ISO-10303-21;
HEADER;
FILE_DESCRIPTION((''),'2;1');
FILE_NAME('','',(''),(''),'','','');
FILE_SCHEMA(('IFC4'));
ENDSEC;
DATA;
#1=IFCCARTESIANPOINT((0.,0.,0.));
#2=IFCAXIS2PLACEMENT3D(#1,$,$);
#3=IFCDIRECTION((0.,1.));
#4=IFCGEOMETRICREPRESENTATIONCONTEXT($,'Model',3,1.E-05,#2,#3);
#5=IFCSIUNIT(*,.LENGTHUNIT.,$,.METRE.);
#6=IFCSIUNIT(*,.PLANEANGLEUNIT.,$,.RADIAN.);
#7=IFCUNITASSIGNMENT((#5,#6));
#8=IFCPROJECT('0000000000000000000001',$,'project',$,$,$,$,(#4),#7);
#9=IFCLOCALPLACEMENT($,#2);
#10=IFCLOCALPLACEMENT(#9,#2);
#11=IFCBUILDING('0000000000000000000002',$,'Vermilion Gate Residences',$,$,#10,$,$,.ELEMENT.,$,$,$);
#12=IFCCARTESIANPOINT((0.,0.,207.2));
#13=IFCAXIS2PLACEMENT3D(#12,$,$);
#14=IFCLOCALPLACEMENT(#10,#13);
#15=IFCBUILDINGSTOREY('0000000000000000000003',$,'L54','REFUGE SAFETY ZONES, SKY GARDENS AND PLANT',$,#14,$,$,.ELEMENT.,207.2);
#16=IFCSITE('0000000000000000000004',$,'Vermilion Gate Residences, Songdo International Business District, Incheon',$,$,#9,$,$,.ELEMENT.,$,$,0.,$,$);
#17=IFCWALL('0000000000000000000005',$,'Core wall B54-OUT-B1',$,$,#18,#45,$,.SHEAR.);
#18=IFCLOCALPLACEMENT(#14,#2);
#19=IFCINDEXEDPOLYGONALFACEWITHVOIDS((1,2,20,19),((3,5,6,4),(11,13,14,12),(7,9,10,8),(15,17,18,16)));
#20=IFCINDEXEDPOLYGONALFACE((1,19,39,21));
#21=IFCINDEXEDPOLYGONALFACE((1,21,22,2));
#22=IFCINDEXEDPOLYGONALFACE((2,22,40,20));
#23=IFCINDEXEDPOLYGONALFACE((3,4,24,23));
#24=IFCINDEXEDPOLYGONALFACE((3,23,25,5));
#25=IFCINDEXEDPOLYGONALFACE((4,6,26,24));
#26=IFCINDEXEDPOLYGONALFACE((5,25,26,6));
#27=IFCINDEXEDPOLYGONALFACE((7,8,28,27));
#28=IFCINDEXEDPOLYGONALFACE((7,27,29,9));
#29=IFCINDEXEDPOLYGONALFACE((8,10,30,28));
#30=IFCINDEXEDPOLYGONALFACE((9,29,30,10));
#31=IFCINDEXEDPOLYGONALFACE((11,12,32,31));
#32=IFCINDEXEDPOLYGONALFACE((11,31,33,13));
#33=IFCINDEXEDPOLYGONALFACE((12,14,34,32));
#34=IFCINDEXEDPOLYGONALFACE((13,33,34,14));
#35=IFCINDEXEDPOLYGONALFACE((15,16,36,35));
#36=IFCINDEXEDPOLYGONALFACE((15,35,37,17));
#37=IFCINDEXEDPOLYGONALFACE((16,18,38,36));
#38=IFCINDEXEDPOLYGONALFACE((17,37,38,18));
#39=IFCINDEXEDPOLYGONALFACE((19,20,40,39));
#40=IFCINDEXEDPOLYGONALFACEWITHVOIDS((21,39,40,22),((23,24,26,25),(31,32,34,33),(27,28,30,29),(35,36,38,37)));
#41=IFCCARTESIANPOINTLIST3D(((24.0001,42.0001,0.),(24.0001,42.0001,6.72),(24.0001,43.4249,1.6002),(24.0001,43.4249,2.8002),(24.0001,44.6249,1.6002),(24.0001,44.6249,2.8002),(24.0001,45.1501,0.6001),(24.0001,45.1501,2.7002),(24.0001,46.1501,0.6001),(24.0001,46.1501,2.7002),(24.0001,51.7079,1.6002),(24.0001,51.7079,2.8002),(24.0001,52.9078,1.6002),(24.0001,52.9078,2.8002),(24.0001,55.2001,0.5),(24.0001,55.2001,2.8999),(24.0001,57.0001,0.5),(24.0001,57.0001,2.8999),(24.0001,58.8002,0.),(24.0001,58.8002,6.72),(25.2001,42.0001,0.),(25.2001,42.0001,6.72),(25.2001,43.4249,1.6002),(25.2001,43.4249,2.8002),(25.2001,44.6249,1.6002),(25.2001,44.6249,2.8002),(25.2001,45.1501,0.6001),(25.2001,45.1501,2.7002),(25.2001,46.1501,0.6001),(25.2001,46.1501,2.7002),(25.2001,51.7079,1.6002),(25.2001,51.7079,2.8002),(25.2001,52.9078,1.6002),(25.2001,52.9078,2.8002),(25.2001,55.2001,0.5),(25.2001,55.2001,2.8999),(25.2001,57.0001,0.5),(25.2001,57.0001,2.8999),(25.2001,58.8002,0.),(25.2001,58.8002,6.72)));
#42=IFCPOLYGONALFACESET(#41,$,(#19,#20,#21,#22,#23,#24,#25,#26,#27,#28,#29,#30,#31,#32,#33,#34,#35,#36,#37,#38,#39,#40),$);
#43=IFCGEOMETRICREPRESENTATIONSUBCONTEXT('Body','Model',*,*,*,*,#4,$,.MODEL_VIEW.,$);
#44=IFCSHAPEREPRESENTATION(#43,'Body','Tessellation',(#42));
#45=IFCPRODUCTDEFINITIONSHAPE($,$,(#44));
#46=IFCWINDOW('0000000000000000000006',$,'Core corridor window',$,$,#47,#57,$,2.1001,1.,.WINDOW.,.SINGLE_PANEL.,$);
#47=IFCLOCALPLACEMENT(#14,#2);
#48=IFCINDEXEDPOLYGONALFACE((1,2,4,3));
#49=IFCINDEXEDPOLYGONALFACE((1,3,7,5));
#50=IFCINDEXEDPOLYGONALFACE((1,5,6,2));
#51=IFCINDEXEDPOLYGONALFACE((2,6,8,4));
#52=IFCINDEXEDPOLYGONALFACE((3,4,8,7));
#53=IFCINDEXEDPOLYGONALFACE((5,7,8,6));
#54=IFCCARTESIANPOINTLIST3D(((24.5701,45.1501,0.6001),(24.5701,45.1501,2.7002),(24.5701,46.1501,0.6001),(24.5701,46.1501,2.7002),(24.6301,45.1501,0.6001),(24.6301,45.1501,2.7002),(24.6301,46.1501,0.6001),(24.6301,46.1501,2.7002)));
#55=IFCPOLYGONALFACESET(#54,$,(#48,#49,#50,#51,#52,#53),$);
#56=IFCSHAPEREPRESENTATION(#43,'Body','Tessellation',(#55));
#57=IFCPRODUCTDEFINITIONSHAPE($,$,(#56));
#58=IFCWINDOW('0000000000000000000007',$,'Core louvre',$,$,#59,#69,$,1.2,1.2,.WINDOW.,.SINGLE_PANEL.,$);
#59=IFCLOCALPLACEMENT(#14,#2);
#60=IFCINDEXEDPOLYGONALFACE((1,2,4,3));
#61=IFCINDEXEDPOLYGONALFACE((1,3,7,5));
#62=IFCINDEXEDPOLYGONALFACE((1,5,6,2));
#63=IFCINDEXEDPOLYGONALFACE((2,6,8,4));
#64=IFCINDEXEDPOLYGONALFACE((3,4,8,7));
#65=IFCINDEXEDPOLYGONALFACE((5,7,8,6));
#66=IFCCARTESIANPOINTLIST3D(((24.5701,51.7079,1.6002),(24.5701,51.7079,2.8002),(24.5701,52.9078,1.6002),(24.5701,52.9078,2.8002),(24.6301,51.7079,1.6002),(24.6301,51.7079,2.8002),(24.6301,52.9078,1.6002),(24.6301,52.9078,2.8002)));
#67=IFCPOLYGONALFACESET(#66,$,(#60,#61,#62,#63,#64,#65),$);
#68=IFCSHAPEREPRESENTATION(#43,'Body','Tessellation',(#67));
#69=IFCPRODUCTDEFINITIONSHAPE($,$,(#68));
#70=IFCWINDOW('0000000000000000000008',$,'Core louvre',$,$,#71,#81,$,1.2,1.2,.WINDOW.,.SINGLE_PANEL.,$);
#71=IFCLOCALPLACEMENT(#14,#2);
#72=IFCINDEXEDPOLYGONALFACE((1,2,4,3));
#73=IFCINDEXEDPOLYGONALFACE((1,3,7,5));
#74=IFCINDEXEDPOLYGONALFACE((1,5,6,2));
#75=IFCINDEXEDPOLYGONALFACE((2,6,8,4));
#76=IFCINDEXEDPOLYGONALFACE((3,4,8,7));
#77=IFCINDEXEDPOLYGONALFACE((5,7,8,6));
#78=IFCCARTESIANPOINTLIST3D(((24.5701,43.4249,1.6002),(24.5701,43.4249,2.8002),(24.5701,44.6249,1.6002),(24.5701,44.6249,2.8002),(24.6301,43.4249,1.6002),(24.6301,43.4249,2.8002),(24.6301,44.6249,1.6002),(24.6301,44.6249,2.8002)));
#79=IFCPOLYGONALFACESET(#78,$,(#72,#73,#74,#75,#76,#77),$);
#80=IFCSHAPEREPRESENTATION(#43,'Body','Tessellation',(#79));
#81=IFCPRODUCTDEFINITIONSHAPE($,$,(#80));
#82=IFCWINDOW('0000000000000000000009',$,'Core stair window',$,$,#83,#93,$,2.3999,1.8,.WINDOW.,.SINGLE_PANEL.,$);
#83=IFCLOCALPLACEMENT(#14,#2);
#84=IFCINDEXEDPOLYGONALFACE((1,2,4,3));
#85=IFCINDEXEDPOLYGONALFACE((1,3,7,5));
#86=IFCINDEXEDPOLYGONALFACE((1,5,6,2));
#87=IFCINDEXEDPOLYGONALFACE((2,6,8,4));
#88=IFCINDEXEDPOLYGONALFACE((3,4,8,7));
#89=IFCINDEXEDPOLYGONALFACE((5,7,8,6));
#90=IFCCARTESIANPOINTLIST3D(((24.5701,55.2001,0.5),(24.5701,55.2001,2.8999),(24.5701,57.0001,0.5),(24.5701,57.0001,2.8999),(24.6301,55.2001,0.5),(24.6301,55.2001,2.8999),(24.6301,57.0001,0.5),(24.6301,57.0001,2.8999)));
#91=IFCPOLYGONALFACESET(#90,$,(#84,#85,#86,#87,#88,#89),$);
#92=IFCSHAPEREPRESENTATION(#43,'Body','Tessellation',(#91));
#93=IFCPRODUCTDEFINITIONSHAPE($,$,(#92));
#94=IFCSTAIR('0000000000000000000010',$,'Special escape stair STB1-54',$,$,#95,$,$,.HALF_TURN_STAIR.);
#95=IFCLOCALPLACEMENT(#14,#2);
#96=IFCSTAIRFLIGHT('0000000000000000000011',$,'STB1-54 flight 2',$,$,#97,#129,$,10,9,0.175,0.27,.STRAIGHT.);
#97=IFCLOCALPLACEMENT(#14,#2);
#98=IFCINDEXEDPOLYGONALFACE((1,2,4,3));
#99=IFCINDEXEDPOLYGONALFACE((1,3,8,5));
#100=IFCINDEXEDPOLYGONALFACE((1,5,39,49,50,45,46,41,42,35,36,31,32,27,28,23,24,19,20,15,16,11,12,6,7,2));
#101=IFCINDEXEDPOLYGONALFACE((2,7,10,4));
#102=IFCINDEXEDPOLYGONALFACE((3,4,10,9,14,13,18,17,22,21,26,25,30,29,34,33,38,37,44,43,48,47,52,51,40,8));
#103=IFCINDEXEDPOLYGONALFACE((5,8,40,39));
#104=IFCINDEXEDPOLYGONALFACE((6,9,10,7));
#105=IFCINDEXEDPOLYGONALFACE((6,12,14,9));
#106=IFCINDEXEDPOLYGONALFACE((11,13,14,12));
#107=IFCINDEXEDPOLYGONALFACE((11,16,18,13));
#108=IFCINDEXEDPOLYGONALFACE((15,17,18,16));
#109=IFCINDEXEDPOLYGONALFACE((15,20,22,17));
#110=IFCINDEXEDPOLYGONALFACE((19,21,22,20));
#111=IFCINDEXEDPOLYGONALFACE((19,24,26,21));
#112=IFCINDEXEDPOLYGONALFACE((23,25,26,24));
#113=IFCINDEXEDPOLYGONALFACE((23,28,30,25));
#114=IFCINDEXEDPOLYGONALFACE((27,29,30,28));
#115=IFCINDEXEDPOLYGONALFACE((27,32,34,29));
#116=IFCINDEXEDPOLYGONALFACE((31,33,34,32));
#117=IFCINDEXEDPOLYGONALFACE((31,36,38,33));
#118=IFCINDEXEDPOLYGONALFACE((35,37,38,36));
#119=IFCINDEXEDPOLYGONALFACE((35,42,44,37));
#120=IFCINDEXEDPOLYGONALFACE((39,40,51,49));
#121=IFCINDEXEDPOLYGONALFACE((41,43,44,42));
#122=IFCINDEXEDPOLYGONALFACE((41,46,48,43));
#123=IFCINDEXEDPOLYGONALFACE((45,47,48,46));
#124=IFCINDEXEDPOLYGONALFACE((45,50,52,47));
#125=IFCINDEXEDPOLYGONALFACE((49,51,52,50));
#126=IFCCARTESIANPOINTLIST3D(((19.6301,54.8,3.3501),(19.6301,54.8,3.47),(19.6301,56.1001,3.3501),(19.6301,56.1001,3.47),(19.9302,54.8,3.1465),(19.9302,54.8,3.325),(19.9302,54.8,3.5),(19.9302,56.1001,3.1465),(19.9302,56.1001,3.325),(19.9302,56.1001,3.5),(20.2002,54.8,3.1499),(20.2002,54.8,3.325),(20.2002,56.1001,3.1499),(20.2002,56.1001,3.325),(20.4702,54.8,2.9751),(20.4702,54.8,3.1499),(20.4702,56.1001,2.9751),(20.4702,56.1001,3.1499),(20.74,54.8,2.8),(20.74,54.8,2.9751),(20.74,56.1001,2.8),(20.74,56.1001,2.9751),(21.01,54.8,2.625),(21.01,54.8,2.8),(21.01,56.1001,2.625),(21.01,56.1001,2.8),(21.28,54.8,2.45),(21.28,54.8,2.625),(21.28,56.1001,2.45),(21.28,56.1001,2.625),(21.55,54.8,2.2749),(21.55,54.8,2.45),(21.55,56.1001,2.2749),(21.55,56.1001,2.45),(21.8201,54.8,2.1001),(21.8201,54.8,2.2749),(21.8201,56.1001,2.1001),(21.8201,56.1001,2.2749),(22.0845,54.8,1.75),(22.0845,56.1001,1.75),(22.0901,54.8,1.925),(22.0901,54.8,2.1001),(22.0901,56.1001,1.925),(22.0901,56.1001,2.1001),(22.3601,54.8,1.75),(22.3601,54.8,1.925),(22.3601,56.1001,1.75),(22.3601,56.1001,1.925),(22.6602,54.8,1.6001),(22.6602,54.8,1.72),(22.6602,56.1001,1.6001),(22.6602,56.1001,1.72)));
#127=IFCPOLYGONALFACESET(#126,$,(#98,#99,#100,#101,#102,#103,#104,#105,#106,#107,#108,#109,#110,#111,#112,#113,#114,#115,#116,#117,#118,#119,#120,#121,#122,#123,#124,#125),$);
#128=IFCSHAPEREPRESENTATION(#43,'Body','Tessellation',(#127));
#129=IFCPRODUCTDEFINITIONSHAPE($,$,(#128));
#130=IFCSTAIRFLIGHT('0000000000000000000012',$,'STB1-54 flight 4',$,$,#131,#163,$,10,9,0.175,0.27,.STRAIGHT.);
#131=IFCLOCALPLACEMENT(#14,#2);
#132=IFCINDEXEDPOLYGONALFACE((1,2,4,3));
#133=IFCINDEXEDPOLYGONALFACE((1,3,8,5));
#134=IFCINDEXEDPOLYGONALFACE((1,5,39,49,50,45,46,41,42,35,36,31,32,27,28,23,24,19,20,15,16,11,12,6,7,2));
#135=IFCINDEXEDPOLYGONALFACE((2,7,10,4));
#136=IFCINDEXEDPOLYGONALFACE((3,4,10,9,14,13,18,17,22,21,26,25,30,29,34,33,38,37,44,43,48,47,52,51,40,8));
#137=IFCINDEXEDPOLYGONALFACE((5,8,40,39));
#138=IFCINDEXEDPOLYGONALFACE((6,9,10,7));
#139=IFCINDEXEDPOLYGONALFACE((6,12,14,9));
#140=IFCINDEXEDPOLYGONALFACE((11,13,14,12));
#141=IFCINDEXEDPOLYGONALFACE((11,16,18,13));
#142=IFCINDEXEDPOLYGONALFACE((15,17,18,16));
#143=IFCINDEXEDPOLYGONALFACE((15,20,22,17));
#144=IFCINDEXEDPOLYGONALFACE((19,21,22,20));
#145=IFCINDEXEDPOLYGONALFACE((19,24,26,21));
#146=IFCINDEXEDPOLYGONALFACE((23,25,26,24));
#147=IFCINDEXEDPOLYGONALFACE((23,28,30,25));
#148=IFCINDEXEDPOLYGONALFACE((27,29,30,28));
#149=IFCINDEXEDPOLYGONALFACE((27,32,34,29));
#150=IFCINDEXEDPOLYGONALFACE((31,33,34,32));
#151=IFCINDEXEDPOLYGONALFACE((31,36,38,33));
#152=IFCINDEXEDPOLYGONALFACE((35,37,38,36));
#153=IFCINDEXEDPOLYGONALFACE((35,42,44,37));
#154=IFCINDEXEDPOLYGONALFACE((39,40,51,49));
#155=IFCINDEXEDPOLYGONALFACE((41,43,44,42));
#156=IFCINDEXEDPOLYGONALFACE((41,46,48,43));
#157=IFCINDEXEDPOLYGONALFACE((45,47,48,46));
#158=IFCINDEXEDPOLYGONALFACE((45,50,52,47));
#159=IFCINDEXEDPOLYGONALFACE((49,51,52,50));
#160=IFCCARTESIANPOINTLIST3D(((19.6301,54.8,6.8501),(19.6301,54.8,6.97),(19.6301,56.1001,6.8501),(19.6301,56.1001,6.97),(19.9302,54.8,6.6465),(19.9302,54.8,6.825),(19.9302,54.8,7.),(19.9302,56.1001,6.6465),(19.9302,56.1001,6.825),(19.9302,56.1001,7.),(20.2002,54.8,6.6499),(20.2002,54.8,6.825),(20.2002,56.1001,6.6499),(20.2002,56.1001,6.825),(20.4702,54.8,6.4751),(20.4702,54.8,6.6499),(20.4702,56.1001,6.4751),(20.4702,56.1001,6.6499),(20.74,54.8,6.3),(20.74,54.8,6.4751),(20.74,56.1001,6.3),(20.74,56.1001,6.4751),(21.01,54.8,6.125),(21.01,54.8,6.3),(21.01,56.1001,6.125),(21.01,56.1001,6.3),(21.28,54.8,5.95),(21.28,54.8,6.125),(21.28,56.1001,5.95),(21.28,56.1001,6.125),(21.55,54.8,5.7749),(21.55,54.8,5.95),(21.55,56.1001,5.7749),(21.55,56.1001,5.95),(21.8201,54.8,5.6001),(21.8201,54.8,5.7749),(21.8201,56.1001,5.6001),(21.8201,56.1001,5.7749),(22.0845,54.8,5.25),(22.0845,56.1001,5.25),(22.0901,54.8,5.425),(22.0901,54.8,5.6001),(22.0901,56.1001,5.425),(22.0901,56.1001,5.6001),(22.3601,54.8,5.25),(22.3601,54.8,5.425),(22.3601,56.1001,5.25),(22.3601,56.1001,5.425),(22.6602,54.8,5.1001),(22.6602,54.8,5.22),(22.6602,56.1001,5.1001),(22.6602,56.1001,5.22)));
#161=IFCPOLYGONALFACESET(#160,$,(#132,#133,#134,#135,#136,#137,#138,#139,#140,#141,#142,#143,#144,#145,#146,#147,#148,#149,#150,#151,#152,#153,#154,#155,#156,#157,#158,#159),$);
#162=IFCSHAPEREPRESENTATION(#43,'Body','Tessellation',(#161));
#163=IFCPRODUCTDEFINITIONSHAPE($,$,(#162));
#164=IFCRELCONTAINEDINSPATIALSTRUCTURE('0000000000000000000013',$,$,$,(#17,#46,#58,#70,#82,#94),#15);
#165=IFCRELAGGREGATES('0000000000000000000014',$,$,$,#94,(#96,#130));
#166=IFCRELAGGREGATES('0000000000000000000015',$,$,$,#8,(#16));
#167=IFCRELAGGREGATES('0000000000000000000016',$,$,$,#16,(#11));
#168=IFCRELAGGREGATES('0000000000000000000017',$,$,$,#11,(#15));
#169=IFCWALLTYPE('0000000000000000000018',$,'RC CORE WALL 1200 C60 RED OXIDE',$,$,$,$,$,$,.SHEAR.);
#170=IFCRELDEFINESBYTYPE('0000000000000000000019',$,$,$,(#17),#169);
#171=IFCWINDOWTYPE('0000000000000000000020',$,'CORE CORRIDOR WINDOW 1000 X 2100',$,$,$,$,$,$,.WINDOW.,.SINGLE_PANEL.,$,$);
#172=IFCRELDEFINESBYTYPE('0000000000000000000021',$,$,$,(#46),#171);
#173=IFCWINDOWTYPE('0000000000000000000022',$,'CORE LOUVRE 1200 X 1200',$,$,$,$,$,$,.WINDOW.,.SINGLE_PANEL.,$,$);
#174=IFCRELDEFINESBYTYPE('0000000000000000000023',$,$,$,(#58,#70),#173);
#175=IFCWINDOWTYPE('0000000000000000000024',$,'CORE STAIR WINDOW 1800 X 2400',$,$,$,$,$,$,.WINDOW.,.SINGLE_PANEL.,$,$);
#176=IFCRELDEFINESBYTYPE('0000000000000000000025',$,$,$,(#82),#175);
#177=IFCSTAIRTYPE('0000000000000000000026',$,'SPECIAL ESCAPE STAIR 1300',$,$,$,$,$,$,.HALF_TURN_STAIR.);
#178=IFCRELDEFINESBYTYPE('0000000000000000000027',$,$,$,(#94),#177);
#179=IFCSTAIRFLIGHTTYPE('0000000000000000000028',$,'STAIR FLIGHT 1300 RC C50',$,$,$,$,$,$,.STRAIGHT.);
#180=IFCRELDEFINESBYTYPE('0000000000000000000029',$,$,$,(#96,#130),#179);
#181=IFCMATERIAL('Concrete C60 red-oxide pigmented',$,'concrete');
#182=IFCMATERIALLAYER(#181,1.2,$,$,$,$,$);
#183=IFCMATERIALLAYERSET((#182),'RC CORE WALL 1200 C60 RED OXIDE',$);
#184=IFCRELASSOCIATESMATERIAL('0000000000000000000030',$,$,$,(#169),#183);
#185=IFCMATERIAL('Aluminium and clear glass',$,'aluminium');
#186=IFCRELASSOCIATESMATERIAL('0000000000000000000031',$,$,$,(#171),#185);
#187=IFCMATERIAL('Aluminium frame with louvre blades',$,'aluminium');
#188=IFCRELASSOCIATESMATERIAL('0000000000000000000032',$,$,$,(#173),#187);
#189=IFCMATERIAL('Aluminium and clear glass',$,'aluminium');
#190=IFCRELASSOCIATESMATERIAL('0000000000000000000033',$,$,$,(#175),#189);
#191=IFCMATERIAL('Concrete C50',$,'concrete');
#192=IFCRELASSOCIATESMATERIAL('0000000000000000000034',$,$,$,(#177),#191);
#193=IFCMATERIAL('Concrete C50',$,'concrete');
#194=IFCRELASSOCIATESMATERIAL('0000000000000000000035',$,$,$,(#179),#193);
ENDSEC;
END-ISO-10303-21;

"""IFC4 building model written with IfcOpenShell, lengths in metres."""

from ifc_helpers import new_model, si_unit, direction, frame, frame_2d, origin, place, context, subcontext, project, spatial, polyline, rectangle, outline, extrude, material, layer, layer_set, type_object, element, fill, aggregate, save


model = new_model("IFC4")

# Units and contexts
model_context = context("Model", 3, precision=1e-05, world=origin(), true_north=direction((0.0, 1.0)))
body_context = subcontext(model_context, "Body", "Model", "MODEL_VIEW")
ifc_project = project(units=[si_unit("LENGTHUNIT", "METRE"), si_unit("PLANEANGLEUNIT", "RADIAN")], contexts=[model_context])

# Site, building, storey
site_placement = place(None, origin())
site = spatial("IfcSite", under=ifc_project, at=site_placement, Name="Vermilion Gate Residences, Songdo International Business District, Incheon", CompositionType="ELEMENT", RefElevation=0.0)
building_placement = place(site_placement, origin())
building = spatial("IfcBuilding", under=site, at=building_placement, Name="Vermilion Gate Residences", CompositionType="ELEMENT")
storey_placement = place(building_placement, frame((0.0, 0.0, 207.2)))
storey = spatial("IfcBuildingStorey", under=building, at=storey_placement, Name="L54", Description="REFUGE SAFETY ZONES, SKY GARDENS AND PLANT", CompositionType="ELEMENT", Elevation=207.2)

# Wall, openings, windows
ifc_material_1 = material(Name="Concrete C60 red-oxide pigmented", Category="concrete")
ifc_layer_1 = layer(ifc_material_1, 1.2)
ifc_layer_set_1 = layer_set([ifc_layer_1], Name="RC CORE WALL 1200 C60 RED OXIDE")
wall_type_1 = type_object("IfcWallType", Name="RC CORE WALL 1200 C60 RED OXIDE", PredefinedType="SHEAR", material=ifc_layer_set_1)
wall_1_placement = place(storey_placement, frame((24.6001, 58.8, 0.0), z_axis=(0.0, 0.0, 1.0), x_axis=(0.0, -1.0, 0.0)))
wall_1 = element("IfcWall", 1, at=wall_1_placement, inside=storey, type_object=wall_type_1, Name="Core wall B54-OUT-B1", PredefinedType="SHEAR", context=body_context, shape_type="SweptSolid", body=[
    extrude(rectangle(XDim=16.8, YDim=1.2, at=frame_2d((8.3999, 0.0))), origin(), (0.0, 0.0, 1.0), 6.72),
])
opening_1_placement = place(wall_1_placement, frame((1.8, 0.0, 0.5)))
opening_1 = element("IfcOpeningElement", 2, at=opening_1_placement, cuts=wall_1, PredefinedType="OPENING", context=body_context, shape_type="SweptSolid", body=[
    extrude(rectangle(XDim=1.8, YDim=2.3999, at=frame_2d((0.8999, 1.2))), frame((0.0, 0.6099, 0.0), z_axis=(0.0, -1.0, 0.0), x_axis=(1.0, 0.0, 0.0)), (0.0, 0.0, 1.0), 1.22),
])
opening_2_placement = place(wall_1_placement, frame((5.8921, 0.0, 1.6001)))
opening_2 = element("IfcOpeningElement", 3, at=opening_2_placement, cuts=wall_1, PredefinedType="OPENING", context=body_context, shape_type="SweptSolid", body=[
    extrude(rectangle(XDim=1.2, YDim=1.2, at=frame_2d((0.6001, 0.6001))), frame((0.0, 0.6099, 0.0), z_axis=(0.0, -1.0, 0.0), x_axis=(1.0, 0.0, 0.0)), (0.0, 0.0, 1.0), 1.22),
])
opening_3_placement = place(wall_1_placement, frame((12.6499, 0.0, 0.6001)))
opening_3 = element("IfcOpeningElement", 4, at=opening_3_placement, cuts=wall_1, PredefinedType="OPENING", context=body_context, shape_type="SweptSolid", body=[
    extrude(rectangle(XDim=1.0, YDim=2.1001, at=frame_2d((0.5, 1.05))), frame((0.0, 0.6099, 0.0), z_axis=(0.0, -1.0, 0.0), x_axis=(1.0, 0.0, 0.0)), (0.0, 0.0, 1.0), 1.22),
])
opening_4_placement = place(wall_1_placement, frame((14.175, 0.0, 1.6001)))
opening_4 = element("IfcOpeningElement", 5, at=opening_4_placement, cuts=wall_1, PredefinedType="OPENING", context=body_context, shape_type="SweptSolid", body=[
    extrude(rectangle(XDim=1.2, YDim=1.2, at=frame_2d((0.6001, 0.6001))), frame((0.0, 0.6099, 0.0), z_axis=(0.0, -1.0, 0.0), x_axis=(1.0, 0.0, 0.0)), (0.0, 0.0, 1.0), 1.22),
])
ifc_material_2 = material(Name="Aluminium and clear glass", Category="aluminium")
window_type_1 = type_object("IfcWindowType", Name="CORE CORRIDOR WINDOW 1000 X 2100", PartitioningType="SINGLE_PANEL", PredefinedType="WINDOW", material=ifc_material_2)
window_1_placement = place(opening_3_placement, origin())
window_1 = element("IfcWindow", 6, at=window_1_placement, inside=storey, type_object=window_type_1, Name="Core corridor window", OverallHeight=2.1001, OverallWidth=1.0, PartitioningType="SINGLE_PANEL", PredefinedType="WINDOW", context=body_context, shape_type="SweptSolid", body=[
    extrude(rectangle(XDim=1.0, YDim=2.1001, at=frame_2d((0.5, 1.05))), frame((0.0, 0.03, 0.0), z_axis=(0.0, -1.0, 0.0), x_axis=(1.0, 0.0, 0.0)), (0.0, 0.0, 1.0), 0.0601),
])
fill(opening_3, window_1)
ifc_material_3 = material(Name="Aluminium frame with louvre blades", Category="aluminium")
window_type_2 = type_object("IfcWindowType", Name="CORE LOUVRE 1200 X 1200", PartitioningType="SINGLE_PANEL", PredefinedType="WINDOW", material=ifc_material_3)
window_2_placement = place(opening_2_placement, origin())
window_2 = element("IfcWindow", 7, at=window_2_placement, inside=storey, type_object=window_type_2, Name="Core louvre", OverallHeight=1.2, OverallWidth=1.2, PartitioningType="SINGLE_PANEL", PredefinedType="WINDOW", context=body_context, shape_type="SweptSolid", body=[
    extrude(rectangle(XDim=1.2, YDim=1.2, at=frame_2d((0.6001, 0.6001))), frame((0.0, 0.03, 0.0), z_axis=(0.0, -1.0, 0.0), x_axis=(1.0, 0.0, 0.0)), (0.0, 0.0, 1.0), 0.0601),
])
fill(opening_2, window_2)
window_3_placement = place(opening_4_placement, origin())
window_3 = element("IfcWindow", 8, at=window_3_placement, inside=storey, type_object=window_type_2, Name="Core louvre", OverallHeight=1.2, OverallWidth=1.2, PartitioningType="SINGLE_PANEL", PredefinedType="WINDOW", context=body_context, shape_type="SweptSolid", body=[
    extrude(rectangle(XDim=1.2, YDim=1.2, at=frame_2d((0.6001, 0.6001))), frame((0.0, 0.03, 0.0), z_axis=(0.0, -1.0, 0.0), x_axis=(1.0, 0.0, 0.0)), (0.0, 0.0, 1.0), 0.0601),
])
fill(opening_4, window_3)
ifc_material_4 = material(Name="Aluminium and clear glass", Category="aluminium")
window_type_3 = type_object("IfcWindowType", Name="CORE STAIR WINDOW 1800 X 2400", PartitioningType="SINGLE_PANEL", PredefinedType="WINDOW", material=ifc_material_4)
window_4_placement = place(opening_1_placement, origin())
window_4 = element("IfcWindow", 9, at=window_4_placement, inside=storey, type_object=window_type_3, Name="Core stair window", OverallHeight=2.3999, OverallWidth=1.8, PartitioningType="SINGLE_PANEL", PredefinedType="WINDOW", context=body_context, shape_type="SweptSolid", body=[
    extrude(rectangle(XDim=1.8, YDim=2.3999, at=frame_2d((0.8999, 1.2))), frame((0.0, 0.03, 0.0), z_axis=(0.0, -1.0, 0.0), x_axis=(1.0, 0.0, 0.0)), (0.0, 0.0, 1.0), 0.0601),
])
fill(opening_1, window_4)

# Stair, stair flights
ifc_material_5 = material(Name="Concrete C50", Category="concrete")
stair_type = type_object("IfcStairType", Name="SPECIAL ESCAPE STAIR 1300", PredefinedType="HALF_TURN_STAIR", material=ifc_material_5)
stair_placement = place(storey_placement, origin())
stair = element("IfcStair", 10, at=stair_placement, inside=storey, type_object=stair_type, Name="Special escape stair STB1-54", PredefinedType="HALF_TURN_STAIR")
ifc_material_6 = material(Name="Concrete C50", Category="concrete")
stair_flight_type = type_object("IfcStairFlightType", Name="STAIR FLIGHT 1300 RC C50", PredefinedType="STRAIGHT", material=ifc_material_6)
stair_flight_1_placement = place(storey_placement, frame((22.3601, 55.45, 1.75), z_axis=(0.0, 0.0, 1.0), x_axis=(-1.0, 0.0, 0.0)))
stair_flight_1 = element("IfcStairFlight", 11, at=stair_flight_1_placement, type_object=stair_flight_type, Name="STB1-54 flight 2", NumberOfRisers=10, NumberOfTreads=9, PredefinedType="STRAIGHT", RiserHeight=0.175, TreadLength=0.27, context=body_context, shape_type="SweptSolid", body=[
    extrude(outline(polyline([(-0.3, -0.1499), (-0.3, -0.03), (0.0, 0.0), (0.0, 0.175), (0.27, 0.175), (0.27, 0.3501), (0.54, 0.3501), (0.54, 0.5249), (0.8101, 0.5249), (0.8101, 0.7), (1.0801, 0.7), (1.0801, 0.875), (1.3501, 0.875), (1.3501, 1.05), (1.6201, 1.05), (1.6201, 1.2251), (1.8899, 1.2251), (1.8899, 1.3999), (2.1599, 1.3999), (2.1599, 1.575), (2.4299, 1.575), (2.4299, 1.75), (2.73, 1.72), (2.73, 1.6001), (2.4299, 1.3965), (0.2756, 0.0), (-0.3, -0.1499)])), frame((0.0, 0.6499, 0.0), z_axis=(0.0, -1.0, 0.0), x_axis=(1.0, 0.0, 0.0)), (0.0, 0.0, 1.0), 1.3),
])
stair_flight_2_placement = place(storey_placement, frame((22.3601, 55.45, 5.25), z_axis=(0.0, 0.0, 1.0), x_axis=(-1.0, 0.0, 0.0)))
stair_flight_2 = element("IfcStairFlight", 12, at=stair_flight_2_placement, type_object=stair_flight_type, Name="STB1-54 flight 4", NumberOfRisers=10, NumberOfTreads=9, PredefinedType="STRAIGHT", RiserHeight=0.175, TreadLength=0.27, context=body_context, shape_type="SweptSolid", body=[
    extrude(outline(polyline([(-0.3, -0.1499), (-0.3, -0.03), (0.0, 0.0), (0.0, 0.175), (0.27, 0.175), (0.27, 0.3501), (0.54, 0.3501), (0.54, 0.5249), (0.8101, 0.5249), (0.8101, 0.7), (1.0801, 0.7), (1.0801, 0.875), (1.3501, 0.875), (1.3501, 1.05), (1.6201, 1.05), (1.6201, 1.2251), (1.8899, 1.2251), (1.8899, 1.3999), (2.1599, 1.3999), (2.1599, 1.575), (2.4299, 1.575), (2.4299, 1.75), (2.73, 1.72), (2.73, 1.6001), (2.4299, 1.3965), (0.2756, 0.0), (-0.3, -0.1499)])), frame((0.0, 0.6499, 0.0), z_axis=(0.0, -1.0, 0.0), x_axis=(1.0, 0.0, 0.0)), (0.0, 0.0, 1.0), 1.3),
])
aggregate(stair, [stair_flight_1, stair_flight_2])

save(model, "model.ifc")
